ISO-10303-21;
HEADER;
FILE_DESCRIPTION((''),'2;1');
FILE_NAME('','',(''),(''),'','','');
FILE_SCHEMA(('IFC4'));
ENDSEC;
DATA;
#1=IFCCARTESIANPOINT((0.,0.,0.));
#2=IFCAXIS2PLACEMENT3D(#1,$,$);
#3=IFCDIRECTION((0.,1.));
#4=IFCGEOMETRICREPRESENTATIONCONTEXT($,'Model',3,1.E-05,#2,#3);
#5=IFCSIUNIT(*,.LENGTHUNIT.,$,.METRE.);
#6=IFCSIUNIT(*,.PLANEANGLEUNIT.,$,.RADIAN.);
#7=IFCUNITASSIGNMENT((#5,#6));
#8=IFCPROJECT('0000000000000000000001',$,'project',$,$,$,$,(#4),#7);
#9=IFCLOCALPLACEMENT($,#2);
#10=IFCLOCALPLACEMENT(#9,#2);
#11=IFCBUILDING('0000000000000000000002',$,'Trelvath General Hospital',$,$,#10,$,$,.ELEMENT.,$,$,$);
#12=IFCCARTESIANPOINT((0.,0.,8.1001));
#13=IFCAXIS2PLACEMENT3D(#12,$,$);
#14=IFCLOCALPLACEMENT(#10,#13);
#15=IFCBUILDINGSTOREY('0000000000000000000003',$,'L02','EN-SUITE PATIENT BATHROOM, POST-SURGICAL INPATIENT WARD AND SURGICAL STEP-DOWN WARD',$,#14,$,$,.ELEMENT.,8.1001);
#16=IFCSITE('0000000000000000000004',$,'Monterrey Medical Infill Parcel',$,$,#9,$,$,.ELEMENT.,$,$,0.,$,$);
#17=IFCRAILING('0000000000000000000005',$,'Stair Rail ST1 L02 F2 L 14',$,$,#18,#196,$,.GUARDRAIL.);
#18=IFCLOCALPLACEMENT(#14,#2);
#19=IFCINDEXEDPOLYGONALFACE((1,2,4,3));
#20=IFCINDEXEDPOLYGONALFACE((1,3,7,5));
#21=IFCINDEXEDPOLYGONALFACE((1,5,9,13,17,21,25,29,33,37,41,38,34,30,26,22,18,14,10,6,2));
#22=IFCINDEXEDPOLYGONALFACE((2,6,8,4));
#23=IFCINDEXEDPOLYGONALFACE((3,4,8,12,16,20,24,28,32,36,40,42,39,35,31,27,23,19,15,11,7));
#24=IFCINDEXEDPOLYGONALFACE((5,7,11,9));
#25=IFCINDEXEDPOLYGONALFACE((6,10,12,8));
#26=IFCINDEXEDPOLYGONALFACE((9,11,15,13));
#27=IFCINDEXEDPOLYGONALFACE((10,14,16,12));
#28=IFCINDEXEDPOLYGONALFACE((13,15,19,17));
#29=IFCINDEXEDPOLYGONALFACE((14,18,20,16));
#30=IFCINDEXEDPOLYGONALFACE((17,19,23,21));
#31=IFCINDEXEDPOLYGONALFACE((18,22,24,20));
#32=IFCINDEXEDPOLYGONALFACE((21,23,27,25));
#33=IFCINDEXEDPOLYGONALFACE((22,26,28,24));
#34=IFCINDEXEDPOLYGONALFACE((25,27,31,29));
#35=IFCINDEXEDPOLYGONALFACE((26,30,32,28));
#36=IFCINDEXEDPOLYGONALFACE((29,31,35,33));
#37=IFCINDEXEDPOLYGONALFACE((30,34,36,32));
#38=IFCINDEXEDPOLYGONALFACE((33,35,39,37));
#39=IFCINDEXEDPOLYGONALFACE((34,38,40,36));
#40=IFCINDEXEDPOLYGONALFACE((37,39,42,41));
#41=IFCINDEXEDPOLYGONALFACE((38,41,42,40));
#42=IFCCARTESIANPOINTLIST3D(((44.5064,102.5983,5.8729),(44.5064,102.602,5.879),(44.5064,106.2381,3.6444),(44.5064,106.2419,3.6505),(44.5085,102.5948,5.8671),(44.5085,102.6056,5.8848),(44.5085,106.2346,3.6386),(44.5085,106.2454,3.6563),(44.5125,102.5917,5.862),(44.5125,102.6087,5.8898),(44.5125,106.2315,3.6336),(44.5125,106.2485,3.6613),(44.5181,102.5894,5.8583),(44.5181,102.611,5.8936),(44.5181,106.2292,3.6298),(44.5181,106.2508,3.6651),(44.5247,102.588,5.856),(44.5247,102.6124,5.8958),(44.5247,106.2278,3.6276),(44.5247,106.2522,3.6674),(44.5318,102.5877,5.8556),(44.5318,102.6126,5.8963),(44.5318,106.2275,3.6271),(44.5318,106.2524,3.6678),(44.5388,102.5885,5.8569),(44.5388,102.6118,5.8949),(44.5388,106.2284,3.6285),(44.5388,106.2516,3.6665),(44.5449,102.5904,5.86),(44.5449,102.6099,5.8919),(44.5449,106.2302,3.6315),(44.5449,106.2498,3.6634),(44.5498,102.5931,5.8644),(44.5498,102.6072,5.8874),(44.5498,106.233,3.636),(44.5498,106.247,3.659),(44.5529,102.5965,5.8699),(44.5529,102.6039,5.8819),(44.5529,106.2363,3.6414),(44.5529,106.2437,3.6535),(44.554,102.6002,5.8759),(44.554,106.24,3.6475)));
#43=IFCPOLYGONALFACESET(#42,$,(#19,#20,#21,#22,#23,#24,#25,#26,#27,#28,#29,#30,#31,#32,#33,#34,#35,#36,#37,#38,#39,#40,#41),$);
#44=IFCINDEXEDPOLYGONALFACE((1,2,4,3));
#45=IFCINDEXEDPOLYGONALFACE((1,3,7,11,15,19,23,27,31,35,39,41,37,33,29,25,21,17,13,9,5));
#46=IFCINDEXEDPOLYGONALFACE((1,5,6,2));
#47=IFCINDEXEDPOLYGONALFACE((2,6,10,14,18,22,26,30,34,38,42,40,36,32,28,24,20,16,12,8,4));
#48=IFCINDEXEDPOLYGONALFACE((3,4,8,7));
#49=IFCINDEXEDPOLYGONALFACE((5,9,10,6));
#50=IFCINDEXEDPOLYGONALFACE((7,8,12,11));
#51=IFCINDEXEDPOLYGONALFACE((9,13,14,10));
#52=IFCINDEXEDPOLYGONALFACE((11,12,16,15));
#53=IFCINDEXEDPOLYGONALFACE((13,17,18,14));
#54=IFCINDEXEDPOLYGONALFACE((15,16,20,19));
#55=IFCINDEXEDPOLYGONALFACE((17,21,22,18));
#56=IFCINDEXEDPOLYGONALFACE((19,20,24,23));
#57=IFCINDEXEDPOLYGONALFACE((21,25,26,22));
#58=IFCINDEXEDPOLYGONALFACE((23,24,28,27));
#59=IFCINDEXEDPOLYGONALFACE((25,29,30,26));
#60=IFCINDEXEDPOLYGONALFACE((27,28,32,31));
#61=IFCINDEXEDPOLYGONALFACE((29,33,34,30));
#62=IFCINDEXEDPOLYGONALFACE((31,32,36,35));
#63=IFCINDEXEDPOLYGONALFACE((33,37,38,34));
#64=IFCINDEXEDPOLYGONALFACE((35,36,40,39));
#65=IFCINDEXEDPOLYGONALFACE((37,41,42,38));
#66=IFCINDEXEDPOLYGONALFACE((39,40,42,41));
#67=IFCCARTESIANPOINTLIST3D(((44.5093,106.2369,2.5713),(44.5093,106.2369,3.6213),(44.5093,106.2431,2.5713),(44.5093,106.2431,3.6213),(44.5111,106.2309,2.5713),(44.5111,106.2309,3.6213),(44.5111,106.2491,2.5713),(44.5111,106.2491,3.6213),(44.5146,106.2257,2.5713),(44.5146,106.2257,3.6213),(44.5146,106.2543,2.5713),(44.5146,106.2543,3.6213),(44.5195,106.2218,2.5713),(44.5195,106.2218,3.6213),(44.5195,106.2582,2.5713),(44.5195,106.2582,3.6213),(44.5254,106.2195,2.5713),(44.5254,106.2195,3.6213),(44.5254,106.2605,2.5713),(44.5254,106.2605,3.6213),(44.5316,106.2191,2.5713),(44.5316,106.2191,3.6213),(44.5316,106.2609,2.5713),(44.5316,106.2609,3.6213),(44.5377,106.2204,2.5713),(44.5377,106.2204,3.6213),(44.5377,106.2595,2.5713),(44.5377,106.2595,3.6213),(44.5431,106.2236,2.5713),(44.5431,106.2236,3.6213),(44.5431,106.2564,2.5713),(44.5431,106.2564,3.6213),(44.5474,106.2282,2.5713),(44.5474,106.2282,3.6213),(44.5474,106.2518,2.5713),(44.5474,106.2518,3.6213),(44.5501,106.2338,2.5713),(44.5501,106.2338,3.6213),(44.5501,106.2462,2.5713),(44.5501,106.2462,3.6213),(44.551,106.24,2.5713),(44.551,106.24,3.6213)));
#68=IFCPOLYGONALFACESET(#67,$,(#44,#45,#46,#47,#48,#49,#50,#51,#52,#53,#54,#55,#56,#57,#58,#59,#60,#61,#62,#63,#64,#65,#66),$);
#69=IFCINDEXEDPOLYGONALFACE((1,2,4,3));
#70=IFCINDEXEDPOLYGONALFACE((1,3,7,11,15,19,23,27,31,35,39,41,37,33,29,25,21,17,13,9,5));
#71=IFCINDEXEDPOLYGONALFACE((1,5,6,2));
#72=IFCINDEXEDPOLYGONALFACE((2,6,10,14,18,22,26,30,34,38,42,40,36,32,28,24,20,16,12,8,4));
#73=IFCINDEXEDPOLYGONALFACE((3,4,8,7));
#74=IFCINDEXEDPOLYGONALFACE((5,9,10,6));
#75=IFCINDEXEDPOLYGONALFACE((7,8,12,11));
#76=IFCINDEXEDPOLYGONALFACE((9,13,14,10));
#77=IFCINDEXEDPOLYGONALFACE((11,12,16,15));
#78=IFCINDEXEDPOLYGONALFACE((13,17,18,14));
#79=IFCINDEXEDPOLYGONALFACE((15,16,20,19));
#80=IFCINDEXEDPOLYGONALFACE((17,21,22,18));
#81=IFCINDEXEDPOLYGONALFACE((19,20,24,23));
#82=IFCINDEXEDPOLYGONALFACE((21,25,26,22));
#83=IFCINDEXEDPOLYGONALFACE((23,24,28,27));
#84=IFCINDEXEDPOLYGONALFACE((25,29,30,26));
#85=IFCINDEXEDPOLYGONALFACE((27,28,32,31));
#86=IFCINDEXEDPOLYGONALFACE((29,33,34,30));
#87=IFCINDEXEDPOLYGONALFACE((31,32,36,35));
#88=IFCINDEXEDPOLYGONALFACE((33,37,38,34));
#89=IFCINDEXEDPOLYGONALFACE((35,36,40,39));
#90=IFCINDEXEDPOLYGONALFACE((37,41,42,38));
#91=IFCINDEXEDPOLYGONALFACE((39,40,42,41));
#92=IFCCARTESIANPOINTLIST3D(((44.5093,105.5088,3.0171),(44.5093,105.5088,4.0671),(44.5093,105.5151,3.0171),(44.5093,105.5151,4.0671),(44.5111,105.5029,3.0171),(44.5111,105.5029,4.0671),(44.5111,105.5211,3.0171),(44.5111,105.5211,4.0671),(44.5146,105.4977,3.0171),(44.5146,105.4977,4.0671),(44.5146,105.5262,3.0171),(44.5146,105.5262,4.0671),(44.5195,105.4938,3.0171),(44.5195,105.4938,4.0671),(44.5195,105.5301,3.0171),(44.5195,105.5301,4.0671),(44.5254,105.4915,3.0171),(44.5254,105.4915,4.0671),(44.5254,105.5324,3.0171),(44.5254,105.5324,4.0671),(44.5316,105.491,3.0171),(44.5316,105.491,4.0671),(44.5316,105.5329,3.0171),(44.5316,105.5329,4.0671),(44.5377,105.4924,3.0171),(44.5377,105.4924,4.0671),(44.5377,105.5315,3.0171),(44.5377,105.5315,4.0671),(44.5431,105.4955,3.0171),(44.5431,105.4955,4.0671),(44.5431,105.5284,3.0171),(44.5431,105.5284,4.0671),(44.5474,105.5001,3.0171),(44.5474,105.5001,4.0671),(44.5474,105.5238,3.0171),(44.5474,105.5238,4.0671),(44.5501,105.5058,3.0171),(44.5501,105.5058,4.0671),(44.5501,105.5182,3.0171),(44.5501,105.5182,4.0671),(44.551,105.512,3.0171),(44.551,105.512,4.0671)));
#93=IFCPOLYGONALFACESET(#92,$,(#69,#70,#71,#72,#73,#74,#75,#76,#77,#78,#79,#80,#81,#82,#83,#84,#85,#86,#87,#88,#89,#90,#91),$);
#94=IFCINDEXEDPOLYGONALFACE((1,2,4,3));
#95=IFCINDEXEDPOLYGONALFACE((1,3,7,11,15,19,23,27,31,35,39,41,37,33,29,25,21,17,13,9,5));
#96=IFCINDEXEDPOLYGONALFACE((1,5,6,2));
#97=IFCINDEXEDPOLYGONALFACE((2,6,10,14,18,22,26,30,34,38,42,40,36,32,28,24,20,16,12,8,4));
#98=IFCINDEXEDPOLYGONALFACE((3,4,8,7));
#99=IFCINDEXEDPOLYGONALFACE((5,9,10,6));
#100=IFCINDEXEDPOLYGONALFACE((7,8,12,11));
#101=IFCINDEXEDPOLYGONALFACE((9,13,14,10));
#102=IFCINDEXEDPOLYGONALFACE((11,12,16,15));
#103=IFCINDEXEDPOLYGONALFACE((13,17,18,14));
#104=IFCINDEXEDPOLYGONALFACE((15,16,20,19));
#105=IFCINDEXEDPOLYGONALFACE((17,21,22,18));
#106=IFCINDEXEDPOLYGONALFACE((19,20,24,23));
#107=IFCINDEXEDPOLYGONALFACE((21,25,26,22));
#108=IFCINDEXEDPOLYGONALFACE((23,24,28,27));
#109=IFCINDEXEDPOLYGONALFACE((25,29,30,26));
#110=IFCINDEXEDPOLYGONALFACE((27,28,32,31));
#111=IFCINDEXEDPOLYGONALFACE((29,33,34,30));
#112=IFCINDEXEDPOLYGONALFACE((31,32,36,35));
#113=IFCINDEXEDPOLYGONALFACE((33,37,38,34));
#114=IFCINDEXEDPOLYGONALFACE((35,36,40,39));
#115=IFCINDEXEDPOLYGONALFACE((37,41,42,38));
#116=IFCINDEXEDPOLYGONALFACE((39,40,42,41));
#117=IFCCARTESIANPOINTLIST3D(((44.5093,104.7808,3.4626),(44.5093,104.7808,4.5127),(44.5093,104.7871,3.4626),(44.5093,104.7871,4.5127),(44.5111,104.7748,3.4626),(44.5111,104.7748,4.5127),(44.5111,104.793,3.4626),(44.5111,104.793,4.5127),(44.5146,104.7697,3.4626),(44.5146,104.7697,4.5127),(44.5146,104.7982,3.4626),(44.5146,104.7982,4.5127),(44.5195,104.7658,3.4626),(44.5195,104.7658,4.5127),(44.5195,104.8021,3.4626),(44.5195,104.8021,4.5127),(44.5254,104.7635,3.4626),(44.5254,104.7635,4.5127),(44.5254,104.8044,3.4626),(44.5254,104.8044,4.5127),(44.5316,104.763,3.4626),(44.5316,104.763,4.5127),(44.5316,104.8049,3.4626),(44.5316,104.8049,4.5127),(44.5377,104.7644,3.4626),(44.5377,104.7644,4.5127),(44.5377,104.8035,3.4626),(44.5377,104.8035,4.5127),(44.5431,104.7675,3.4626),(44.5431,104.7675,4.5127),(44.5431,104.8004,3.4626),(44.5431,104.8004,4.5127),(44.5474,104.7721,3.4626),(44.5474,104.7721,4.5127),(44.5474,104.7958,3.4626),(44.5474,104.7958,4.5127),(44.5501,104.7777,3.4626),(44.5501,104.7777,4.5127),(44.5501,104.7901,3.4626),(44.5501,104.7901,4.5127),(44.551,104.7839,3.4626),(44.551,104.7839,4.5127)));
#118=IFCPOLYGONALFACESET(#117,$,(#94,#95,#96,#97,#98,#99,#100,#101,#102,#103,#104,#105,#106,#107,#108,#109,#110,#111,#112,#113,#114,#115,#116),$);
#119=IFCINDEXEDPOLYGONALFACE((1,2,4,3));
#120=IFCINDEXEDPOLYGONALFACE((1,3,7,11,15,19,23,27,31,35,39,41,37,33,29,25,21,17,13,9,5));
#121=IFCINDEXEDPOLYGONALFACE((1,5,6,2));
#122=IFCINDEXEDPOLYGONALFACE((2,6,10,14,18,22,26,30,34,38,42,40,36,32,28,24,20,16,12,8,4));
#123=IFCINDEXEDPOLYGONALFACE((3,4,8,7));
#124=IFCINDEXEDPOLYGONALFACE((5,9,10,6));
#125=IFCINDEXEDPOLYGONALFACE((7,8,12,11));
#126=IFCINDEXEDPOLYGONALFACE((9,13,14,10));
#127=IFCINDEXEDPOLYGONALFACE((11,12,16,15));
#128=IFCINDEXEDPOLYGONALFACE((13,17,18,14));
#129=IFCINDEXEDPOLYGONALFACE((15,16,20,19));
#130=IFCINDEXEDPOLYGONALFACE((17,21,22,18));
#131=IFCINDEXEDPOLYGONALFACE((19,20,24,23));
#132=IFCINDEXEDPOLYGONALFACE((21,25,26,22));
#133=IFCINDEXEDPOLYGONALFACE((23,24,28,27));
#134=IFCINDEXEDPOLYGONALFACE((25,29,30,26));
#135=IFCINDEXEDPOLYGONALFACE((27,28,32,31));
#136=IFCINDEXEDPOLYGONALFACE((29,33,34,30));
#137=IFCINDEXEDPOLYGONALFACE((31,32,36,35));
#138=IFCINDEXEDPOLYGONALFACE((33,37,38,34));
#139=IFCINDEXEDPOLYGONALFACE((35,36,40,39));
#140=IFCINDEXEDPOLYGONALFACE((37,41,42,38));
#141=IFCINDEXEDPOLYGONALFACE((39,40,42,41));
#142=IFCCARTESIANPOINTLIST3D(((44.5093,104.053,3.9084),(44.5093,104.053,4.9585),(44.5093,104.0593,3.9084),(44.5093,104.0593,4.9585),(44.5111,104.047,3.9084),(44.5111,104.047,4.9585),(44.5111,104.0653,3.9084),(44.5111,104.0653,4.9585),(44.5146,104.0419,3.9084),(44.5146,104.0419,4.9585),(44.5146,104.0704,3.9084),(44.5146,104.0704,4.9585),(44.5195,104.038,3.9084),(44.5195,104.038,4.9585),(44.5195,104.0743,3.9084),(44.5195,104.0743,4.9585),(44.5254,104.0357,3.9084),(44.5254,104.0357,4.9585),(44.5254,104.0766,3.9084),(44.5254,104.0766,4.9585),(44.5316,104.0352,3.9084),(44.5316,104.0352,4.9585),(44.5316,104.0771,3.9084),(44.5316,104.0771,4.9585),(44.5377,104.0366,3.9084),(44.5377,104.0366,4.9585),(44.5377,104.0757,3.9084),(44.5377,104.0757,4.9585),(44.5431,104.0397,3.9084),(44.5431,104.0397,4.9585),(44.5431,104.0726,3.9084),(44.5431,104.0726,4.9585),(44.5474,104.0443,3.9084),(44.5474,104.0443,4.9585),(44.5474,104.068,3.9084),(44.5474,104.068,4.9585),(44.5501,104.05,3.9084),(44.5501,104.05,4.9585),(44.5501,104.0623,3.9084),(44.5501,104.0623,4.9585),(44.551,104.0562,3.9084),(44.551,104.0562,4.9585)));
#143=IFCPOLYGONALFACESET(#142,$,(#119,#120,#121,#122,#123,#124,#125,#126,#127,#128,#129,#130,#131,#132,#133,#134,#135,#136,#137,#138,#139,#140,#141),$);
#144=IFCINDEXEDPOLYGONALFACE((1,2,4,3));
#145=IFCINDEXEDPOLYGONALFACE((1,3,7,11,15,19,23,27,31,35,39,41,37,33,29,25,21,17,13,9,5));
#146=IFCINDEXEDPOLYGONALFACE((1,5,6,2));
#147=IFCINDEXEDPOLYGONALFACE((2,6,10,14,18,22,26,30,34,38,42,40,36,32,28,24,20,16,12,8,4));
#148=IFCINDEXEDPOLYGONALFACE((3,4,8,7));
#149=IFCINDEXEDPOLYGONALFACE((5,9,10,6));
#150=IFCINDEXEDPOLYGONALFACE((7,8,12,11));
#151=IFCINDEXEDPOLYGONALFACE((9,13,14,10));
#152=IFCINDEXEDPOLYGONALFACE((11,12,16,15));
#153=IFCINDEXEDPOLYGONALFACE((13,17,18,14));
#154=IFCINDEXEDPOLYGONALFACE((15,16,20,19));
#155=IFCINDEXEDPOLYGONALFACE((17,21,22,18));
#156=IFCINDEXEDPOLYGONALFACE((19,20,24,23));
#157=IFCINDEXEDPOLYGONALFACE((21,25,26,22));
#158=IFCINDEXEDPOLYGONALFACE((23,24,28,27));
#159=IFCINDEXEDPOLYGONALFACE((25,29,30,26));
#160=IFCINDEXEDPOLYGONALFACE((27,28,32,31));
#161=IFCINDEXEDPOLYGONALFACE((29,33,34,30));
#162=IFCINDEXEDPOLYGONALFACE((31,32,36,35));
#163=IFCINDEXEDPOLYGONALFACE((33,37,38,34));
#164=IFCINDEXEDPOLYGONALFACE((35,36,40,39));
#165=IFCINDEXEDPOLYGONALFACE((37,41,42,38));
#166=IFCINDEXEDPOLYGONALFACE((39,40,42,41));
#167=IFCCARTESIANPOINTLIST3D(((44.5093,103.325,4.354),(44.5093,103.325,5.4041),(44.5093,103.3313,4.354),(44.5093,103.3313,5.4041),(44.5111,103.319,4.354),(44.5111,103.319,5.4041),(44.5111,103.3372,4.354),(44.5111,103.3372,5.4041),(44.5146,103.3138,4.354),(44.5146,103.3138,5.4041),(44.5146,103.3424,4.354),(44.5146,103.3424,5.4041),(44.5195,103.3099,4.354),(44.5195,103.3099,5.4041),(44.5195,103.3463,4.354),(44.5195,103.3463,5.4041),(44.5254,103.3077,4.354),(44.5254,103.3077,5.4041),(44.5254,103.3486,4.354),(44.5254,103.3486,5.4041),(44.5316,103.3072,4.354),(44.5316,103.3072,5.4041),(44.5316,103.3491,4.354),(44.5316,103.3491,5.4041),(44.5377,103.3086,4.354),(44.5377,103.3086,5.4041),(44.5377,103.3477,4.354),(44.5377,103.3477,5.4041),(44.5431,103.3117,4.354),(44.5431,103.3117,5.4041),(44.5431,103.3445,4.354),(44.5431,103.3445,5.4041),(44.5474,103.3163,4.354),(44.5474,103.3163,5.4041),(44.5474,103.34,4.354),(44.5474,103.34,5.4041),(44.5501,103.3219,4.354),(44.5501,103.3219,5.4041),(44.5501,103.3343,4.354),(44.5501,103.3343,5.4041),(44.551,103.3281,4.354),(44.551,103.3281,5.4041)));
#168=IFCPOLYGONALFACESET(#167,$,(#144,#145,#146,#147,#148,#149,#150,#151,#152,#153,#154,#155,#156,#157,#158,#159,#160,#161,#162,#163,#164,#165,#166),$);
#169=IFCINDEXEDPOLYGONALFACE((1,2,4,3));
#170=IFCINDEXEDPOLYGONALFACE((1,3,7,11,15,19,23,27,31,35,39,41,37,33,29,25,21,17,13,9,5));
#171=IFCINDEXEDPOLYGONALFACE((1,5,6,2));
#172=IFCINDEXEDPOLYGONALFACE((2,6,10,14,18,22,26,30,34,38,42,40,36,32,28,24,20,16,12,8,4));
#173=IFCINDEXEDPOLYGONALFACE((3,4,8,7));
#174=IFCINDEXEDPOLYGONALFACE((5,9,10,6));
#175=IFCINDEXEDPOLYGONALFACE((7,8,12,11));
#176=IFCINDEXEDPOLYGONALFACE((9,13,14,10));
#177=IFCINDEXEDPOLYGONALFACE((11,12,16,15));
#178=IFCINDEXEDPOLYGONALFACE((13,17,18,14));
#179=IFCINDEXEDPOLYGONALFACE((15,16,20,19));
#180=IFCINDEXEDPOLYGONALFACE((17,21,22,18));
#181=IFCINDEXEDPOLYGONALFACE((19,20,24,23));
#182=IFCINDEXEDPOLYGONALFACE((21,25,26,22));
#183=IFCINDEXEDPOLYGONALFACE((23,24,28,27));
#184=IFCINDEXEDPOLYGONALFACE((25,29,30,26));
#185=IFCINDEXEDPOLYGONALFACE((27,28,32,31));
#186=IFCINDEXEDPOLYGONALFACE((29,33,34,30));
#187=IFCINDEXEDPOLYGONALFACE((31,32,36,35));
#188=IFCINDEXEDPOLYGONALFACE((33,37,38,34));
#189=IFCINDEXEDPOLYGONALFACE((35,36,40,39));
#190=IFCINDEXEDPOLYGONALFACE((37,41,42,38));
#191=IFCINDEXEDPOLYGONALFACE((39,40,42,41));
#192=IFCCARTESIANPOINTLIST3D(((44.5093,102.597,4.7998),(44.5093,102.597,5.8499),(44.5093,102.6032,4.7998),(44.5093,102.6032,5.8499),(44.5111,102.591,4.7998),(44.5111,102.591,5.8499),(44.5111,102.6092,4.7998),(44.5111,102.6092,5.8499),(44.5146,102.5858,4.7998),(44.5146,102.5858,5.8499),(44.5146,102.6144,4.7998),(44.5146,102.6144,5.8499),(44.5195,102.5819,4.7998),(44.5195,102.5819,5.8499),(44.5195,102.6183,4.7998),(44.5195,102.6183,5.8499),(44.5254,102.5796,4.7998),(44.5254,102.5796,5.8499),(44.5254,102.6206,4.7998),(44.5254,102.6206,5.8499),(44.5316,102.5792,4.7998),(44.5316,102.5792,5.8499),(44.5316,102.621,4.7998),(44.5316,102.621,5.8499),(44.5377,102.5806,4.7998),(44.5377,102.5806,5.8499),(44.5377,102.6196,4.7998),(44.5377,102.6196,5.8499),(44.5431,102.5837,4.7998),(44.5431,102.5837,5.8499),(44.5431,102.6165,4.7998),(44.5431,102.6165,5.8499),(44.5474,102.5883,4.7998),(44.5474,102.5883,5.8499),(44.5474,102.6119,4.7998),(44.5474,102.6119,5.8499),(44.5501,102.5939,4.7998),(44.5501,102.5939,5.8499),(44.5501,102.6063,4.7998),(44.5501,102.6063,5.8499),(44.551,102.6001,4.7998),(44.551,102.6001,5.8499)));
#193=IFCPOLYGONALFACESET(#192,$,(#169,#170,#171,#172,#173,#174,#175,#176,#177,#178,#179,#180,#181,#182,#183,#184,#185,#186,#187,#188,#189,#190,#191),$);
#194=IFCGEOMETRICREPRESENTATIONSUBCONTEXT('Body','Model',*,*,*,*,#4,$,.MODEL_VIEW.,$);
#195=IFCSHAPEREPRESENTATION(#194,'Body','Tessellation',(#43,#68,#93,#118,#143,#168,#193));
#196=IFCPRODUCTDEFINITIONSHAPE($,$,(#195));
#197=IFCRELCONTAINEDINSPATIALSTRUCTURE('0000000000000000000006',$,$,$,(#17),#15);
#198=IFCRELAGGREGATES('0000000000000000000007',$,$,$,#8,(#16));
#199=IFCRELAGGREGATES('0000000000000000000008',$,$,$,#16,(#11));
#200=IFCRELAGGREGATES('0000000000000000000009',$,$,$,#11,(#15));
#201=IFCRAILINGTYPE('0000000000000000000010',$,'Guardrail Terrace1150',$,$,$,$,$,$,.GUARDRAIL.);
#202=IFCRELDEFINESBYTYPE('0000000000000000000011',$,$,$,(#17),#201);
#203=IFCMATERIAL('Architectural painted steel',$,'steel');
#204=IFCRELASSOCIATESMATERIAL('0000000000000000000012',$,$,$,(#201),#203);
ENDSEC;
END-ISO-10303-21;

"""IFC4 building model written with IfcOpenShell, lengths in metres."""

from ifc_helpers import new_model, si_unit, direction, frame, origin, origin_2d, place, context, subcontext, project, spatial, circle, extrude, material, type_object, element, save


model = new_model("IFC4")

# Units and contexts
model_context = context("Model", 3, precision=1e-05, world=origin(), true_north=direction((0.0, 1.0)))
body_context = subcontext(model_context, "Body", "Model", "MODEL_VIEW")
ifc_project = project(units=[si_unit("LENGTHUNIT", "METRE"), si_unit("PLANEANGLEUNIT", "RADIAN")], contexts=[model_context])

# Site, building, storey
site_placement = place(None, origin())
site = spatial("IfcSite", under=ifc_project, at=site_placement, Name="Monterrey Medical Infill Parcel", CompositionType="ELEMENT", RefElevation=0.0)
building_placement = place(site_placement, origin())
building = spatial("IfcBuilding", under=site, at=building_placement, Name="Trelvath General Hospital", CompositionType="ELEMENT")
storey_placement = place(building_placement, frame((0.0, 0.0, 8.1001)))
storey = spatial("IfcBuildingStorey", under=building, at=storey_placement, Name="L02", Description="EN-SUITE PATIENT BATHROOM, POST-SURGICAL INPATIENT WARD AND SURGICAL STEP-DOWN WARD", CompositionType="ELEMENT", Elevation=8.1001)

# Railing
ifc_material_1 = material(Name="Architectural painted steel", Category="steel")
railing_type_1 = type_object("IfcRailingType", Name="Guardrail Terrace1150", PredefinedType="GUARDRAIL", material=ifc_material_1)
railing_1_placement = place(storey_placement, frame((44.53, 106.24, 2.5713)))
element("IfcRailing", 1, at=railing_1_placement, inside=storey, type_object=railing_type_1, Name="Stair Rail ST1 L02 F2 L 14", PredefinedType="GUARDRAIL", context=body_context, shape_type="SweptSolid", body=[
    extrude(circle(Radius=0.0239, at=origin_2d()), frame((0.0, 0.0, 1.0762), z_axis=(0.0, -0.85285, 0.522156), x_axis=(1.0, 0.0, 0.0)), (0.0, 0.0, 1.0), 4.2678),
    extrude(circle(Radius=0.021, at=origin_2d()), origin(), (0.0, 0.0, 1.0), 1.05),
    extrude(circle(Radius=0.021, at=origin_2d()), frame((0.0, -0.728, 0.4458)), (0.0, 0.0, 1.0), 1.05),
    extrude(circle(Radius=0.021, at=origin_2d()), frame((0.0, -1.4561, 0.8914)), (0.0, 0.0, 1.0), 1.05),
    extrude(circle(Radius=0.021, at=origin_2d()), frame((0.0, -2.1838, 1.3372)), (0.0, 0.0, 1.0), 1.05),
    extrude(circle(Radius=0.021, at=origin_2d()), frame((0.0, -2.9119, 1.7827)), (0.0, 0.0, 1.0), 1.05),
    extrude(circle(Radius=0.021, at=origin_2d()), frame((0.0, -3.6399, 2.2285)), (0.0, 0.0, 1.0), 1.05),
])

save(model, "model.ifc")
